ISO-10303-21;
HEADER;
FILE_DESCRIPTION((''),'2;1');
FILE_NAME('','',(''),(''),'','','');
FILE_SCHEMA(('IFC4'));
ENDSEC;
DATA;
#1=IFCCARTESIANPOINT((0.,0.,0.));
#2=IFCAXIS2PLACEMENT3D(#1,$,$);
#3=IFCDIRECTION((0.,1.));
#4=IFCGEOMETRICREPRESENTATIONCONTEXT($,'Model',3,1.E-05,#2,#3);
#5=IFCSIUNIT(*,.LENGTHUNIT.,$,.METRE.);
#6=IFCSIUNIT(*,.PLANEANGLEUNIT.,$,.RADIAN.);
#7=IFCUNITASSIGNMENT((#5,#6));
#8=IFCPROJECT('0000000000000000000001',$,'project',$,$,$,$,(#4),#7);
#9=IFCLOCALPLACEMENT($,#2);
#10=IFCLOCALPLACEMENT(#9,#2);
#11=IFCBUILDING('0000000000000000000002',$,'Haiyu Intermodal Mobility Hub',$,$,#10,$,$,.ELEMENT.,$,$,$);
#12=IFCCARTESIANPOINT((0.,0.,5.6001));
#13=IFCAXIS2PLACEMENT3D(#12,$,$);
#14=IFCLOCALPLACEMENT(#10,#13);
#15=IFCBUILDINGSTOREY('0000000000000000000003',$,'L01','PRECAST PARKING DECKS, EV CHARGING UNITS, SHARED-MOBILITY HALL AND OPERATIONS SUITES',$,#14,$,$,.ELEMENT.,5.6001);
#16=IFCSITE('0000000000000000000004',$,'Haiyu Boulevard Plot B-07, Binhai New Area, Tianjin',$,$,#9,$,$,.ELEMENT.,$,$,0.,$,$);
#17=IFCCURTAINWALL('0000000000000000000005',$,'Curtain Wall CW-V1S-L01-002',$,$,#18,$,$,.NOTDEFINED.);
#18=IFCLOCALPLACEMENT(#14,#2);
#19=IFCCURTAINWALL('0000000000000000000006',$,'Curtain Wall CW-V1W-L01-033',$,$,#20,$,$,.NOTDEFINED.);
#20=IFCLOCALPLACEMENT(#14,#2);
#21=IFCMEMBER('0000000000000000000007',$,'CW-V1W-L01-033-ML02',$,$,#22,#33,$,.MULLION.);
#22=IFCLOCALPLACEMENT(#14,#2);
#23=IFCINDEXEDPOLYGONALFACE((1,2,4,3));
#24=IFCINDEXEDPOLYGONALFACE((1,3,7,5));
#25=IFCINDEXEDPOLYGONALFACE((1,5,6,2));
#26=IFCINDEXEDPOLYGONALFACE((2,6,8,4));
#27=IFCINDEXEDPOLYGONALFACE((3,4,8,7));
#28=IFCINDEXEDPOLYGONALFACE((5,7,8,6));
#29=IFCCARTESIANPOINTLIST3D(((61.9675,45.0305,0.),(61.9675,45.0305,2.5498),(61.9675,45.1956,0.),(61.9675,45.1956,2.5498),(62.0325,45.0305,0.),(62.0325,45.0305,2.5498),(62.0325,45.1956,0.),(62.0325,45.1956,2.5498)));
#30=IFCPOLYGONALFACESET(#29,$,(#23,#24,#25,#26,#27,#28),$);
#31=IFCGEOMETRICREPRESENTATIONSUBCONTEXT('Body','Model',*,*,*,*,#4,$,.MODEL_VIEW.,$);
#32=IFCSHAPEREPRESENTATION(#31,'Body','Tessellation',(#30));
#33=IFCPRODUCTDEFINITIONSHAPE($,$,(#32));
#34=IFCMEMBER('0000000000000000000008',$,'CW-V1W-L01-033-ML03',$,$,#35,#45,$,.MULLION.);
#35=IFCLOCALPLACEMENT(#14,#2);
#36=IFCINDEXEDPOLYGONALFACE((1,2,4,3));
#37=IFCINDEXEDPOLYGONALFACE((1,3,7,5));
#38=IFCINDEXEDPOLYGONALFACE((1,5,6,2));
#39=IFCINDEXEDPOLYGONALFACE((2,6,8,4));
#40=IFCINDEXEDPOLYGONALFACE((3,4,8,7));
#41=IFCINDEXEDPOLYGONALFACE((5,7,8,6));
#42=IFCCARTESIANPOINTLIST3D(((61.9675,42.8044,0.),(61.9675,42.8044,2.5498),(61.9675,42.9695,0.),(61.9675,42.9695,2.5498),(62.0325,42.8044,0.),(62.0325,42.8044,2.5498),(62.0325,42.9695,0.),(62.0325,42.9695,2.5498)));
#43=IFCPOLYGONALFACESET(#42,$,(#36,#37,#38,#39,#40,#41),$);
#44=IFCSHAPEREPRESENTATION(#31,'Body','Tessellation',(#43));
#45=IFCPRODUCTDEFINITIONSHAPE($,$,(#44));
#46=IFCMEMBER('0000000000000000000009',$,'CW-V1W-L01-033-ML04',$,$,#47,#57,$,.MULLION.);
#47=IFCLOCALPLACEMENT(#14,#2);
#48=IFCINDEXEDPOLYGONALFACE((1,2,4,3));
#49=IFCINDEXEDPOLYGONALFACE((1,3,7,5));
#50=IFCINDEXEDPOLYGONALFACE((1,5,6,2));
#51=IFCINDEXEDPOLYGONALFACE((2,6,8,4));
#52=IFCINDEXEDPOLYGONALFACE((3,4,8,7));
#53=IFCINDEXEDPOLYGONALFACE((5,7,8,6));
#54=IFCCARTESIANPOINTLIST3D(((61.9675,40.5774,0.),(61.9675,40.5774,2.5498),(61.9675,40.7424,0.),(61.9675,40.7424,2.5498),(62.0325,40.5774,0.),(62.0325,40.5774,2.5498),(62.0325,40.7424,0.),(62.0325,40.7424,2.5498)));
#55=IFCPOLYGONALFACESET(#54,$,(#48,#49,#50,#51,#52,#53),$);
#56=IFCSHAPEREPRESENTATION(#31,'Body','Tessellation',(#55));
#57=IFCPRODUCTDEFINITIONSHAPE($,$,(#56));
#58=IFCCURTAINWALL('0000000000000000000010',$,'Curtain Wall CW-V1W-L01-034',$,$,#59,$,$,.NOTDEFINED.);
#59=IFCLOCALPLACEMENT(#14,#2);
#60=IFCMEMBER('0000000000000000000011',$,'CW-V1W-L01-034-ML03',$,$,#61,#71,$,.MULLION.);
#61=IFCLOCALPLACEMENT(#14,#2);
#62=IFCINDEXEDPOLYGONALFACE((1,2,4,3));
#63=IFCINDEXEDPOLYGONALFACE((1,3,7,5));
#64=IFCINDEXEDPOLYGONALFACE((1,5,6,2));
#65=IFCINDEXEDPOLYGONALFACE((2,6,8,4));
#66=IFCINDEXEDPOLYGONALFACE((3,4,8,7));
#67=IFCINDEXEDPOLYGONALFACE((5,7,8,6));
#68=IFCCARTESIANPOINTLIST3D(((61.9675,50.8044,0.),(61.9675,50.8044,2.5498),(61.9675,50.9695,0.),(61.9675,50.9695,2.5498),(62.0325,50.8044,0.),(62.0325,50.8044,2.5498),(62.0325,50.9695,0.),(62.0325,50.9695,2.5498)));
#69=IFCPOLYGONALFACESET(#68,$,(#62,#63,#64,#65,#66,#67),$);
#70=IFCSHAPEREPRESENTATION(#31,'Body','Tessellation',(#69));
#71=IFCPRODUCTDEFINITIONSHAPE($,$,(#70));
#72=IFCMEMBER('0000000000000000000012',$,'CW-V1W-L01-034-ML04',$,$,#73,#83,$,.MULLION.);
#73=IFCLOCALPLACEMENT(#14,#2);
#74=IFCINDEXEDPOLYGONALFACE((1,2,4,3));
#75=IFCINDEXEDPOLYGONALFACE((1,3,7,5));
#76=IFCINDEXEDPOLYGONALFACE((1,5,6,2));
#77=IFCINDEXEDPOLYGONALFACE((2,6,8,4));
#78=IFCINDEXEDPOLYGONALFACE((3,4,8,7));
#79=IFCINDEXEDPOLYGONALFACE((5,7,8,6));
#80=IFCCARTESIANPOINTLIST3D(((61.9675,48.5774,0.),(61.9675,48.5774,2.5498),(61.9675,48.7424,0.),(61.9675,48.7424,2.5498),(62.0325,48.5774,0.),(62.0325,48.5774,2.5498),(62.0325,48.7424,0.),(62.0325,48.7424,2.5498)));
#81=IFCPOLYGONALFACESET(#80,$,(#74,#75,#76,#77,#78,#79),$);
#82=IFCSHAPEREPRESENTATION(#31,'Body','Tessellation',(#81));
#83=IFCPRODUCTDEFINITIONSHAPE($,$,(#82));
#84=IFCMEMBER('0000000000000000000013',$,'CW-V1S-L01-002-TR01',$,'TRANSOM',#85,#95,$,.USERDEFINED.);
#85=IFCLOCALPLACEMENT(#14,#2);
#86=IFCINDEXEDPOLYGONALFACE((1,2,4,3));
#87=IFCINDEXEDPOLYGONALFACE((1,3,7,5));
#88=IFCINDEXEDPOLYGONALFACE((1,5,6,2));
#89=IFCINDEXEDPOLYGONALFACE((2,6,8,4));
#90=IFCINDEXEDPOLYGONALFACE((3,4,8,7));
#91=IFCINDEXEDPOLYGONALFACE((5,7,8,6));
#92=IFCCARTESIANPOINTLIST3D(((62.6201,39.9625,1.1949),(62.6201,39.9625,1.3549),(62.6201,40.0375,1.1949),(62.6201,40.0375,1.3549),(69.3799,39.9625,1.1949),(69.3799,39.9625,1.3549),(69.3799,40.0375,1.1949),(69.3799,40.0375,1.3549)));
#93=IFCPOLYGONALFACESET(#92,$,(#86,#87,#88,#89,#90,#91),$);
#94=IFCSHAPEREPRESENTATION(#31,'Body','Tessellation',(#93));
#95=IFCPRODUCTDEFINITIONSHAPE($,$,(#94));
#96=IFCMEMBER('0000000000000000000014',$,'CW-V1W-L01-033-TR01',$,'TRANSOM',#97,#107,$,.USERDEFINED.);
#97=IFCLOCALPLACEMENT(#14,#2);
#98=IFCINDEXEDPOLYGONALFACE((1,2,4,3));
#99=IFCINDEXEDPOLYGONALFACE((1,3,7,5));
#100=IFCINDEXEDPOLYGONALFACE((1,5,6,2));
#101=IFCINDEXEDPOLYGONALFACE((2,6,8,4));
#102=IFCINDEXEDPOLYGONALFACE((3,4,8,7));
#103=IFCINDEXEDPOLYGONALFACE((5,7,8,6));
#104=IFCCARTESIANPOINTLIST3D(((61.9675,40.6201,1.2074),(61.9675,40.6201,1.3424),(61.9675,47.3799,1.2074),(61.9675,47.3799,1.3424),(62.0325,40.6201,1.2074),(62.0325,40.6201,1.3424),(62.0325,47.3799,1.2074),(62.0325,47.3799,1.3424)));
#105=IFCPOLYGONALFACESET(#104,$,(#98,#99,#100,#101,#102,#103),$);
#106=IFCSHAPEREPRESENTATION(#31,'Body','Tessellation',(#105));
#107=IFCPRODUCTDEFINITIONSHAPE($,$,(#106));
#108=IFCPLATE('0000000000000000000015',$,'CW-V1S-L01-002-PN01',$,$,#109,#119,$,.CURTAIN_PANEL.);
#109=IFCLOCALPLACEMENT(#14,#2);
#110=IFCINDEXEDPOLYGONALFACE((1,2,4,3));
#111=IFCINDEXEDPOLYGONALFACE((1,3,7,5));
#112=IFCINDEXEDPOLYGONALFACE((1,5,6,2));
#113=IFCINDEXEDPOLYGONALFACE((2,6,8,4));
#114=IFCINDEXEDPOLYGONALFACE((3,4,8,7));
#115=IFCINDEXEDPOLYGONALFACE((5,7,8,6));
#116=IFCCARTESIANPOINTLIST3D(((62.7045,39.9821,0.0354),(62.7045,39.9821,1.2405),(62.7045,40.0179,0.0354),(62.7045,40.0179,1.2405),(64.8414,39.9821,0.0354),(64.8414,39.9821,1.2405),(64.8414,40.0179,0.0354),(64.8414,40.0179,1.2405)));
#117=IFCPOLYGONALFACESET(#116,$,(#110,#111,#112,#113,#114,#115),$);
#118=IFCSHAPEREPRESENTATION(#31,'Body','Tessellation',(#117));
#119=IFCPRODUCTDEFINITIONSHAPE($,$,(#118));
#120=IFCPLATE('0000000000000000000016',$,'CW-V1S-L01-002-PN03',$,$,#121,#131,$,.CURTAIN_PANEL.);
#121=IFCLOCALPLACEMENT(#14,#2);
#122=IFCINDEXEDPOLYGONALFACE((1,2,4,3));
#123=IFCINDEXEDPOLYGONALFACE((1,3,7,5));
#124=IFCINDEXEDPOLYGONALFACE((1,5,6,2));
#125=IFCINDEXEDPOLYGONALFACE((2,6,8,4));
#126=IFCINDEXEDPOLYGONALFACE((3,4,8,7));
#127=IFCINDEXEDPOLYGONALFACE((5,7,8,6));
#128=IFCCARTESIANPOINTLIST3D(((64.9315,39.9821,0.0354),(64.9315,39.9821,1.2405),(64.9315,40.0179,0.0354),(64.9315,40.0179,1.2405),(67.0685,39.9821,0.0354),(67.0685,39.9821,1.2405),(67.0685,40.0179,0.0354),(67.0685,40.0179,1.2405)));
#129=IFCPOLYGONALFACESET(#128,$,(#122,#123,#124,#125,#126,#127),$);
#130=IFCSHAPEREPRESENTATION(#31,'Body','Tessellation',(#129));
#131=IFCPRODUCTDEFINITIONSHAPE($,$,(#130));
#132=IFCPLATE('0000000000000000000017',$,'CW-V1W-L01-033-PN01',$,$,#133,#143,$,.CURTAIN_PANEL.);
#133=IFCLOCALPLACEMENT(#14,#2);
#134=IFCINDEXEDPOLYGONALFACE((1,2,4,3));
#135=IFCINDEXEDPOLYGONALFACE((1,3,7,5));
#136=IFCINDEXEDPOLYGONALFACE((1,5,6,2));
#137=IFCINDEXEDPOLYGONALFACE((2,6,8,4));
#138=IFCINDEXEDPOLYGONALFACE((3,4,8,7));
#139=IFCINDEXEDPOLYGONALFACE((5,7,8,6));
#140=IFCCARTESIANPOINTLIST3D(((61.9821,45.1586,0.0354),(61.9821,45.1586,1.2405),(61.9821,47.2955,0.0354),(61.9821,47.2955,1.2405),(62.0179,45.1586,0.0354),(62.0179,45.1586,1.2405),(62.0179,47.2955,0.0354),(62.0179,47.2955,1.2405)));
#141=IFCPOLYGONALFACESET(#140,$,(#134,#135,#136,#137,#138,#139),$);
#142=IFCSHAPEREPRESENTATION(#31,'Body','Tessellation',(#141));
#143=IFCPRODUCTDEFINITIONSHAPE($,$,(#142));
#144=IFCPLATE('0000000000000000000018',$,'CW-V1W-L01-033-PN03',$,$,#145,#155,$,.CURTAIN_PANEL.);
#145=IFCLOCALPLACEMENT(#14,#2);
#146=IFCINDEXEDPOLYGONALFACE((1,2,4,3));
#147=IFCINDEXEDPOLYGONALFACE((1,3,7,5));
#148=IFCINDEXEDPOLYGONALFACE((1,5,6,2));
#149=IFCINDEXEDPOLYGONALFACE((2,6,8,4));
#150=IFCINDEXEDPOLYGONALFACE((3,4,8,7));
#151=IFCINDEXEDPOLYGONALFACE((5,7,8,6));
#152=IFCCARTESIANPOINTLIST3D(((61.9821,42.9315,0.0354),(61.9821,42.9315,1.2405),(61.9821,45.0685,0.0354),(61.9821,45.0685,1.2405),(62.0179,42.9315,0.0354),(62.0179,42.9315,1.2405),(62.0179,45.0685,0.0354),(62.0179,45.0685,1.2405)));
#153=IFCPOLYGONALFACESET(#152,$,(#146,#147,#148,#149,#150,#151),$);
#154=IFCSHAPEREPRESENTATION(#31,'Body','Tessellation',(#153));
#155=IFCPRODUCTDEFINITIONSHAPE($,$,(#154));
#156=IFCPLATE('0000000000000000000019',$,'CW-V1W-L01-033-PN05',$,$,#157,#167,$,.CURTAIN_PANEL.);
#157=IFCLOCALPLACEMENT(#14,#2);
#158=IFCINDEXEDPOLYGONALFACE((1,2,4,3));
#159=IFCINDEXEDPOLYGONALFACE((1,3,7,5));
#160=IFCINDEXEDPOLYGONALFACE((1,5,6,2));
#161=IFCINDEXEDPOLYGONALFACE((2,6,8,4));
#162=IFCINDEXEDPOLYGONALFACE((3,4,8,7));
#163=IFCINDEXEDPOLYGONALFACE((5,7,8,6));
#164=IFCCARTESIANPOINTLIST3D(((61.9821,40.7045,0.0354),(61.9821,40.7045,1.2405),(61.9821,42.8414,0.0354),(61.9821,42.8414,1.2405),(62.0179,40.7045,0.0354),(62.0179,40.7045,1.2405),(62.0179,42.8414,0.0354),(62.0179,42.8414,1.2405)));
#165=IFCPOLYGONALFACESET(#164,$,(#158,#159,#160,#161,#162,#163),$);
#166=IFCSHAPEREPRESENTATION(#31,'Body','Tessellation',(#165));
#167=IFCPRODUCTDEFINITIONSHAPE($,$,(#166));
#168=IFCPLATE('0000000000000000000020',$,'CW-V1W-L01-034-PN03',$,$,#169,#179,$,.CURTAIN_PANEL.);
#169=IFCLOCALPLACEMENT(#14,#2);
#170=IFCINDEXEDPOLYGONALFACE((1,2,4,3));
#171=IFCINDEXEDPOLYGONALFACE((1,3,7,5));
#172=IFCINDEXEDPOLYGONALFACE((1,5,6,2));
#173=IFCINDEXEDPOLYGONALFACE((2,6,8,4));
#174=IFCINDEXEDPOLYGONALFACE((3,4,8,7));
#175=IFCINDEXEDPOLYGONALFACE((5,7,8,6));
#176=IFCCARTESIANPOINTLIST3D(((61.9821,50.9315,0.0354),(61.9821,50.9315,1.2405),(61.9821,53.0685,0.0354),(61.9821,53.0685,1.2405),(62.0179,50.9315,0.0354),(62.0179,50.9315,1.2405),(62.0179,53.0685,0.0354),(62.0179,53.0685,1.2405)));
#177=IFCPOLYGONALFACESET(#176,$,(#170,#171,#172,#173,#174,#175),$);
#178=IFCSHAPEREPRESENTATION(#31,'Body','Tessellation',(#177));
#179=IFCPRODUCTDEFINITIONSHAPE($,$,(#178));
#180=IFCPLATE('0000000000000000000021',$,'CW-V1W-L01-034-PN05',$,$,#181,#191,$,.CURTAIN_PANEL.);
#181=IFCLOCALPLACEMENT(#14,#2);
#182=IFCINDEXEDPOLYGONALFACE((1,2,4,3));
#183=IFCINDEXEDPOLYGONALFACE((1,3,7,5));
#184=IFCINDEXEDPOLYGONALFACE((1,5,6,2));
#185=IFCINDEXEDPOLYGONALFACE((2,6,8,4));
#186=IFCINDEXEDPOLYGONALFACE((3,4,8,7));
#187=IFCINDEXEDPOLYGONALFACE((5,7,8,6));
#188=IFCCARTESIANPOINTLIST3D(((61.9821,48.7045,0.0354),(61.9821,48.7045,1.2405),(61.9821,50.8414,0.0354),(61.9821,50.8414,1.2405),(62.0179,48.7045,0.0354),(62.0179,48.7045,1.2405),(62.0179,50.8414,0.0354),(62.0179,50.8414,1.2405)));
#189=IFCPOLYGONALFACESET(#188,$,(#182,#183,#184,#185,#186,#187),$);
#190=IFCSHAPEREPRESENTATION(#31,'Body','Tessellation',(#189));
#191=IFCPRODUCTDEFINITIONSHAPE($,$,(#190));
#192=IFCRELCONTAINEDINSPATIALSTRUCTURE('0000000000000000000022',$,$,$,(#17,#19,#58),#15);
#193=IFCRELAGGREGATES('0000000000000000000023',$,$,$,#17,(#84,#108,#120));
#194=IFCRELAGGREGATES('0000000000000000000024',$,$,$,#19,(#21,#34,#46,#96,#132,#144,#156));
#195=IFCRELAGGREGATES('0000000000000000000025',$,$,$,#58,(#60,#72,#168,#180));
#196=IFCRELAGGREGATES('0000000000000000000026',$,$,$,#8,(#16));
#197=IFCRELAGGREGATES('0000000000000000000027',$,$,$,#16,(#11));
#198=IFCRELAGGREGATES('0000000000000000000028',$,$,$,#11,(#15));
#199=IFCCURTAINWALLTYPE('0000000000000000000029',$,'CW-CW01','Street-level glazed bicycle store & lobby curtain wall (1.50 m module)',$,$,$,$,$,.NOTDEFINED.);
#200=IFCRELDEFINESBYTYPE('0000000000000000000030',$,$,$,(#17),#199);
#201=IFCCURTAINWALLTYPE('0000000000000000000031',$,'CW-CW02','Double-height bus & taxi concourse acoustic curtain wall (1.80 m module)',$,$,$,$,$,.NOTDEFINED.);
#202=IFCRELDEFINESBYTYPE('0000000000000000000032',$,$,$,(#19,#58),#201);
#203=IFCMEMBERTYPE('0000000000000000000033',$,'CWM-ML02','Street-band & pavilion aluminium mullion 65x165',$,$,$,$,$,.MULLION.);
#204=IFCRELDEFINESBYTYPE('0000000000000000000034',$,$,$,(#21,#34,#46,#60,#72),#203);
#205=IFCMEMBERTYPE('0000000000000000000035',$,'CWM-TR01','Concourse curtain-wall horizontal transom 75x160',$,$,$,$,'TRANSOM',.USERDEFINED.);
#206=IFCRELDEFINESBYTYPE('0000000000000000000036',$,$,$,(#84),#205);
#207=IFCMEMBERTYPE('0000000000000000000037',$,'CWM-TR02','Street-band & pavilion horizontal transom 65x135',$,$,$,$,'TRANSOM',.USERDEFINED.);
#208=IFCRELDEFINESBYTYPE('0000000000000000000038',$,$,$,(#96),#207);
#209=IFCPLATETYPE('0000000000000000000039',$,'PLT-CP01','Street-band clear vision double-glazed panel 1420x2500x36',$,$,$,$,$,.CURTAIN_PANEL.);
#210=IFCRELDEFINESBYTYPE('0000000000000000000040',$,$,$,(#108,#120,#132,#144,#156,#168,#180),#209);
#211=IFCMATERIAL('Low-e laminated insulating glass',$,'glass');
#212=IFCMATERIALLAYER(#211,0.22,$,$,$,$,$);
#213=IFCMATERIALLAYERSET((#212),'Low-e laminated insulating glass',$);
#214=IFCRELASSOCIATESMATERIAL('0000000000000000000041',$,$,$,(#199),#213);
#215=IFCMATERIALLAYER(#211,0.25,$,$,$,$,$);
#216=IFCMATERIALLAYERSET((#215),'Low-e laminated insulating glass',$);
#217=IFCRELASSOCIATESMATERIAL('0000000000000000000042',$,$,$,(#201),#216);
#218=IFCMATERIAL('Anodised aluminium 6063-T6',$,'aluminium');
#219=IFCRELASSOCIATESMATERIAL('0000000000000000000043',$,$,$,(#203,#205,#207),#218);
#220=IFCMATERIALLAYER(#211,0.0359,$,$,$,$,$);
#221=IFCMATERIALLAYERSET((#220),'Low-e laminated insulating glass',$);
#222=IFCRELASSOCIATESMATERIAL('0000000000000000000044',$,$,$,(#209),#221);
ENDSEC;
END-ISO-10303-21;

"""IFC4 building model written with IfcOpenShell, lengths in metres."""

from ifc_helpers import new_model, si_unit, direction, frame, origin, origin_2d, place, context, subcontext, project, spatial, rectangle, extrude, material, layer, layer_set, material_profile, profile_set, type_object, element, aggregate, save


model = new_model("IFC4")

# Units and contexts
model_context = context("Model", 3, precision=1e-05, world=origin(), true_north=direction((0.0, 1.0)))
body_context = subcontext(model_context, "Body", "Model", "MODEL_VIEW")
ifc_project = project(units=[si_unit("LENGTHUNIT", "METRE"), si_unit("PLANEANGLEUNIT", "RADIAN")], contexts=[model_context])

# Site, building, storey
site_placement = place(None, origin())
site = spatial("IfcSite", under=ifc_project, at=site_placement, Name="Haiyu Boulevard Plot B-07, Binhai New Area, Tianjin", CompositionType="ELEMENT", RefElevation=0.0)
building_placement = place(site_placement, origin())
building = spatial("IfcBuilding", under=site, at=building_placement, Name="Haiyu Intermodal Mobility Hub", CompositionType="ELEMENT")
storey_placement = place(building_placement, frame((0.0, 0.0, 5.6001)))
storey = spatial("IfcBuildingStorey", under=building, at=storey_placement, Name="L01", Description="PRECAST PARKING DECKS, EV CHARGING UNITS, SHARED-MOBILITY HALL AND OPERATIONS SUITES", CompositionType="ELEMENT", Elevation=5.6001)

# Curtain walls, members
ifc_material_1 = material(Name="Low-e laminated insulating glass", Category="glass")
ifc_layer_1 = layer(ifc_material_1, 0.22)
ifc_layer_set_1 = layer_set([ifc_layer_1], Name="Low-e laminated insulating glass")
curtain_wall_type_1 = type_object("IfcCurtainWallType", Name="CW-CW01", Description="Street-level glazed bicycle store & lobby curtain wall (1.50 m module)", PredefinedType="NOTDEFINED", material=ifc_layer_set_1)
curtain_wall_1_placement = place(storey_placement, origin())
curtain_wall_1 = element("IfcCurtainWall", 1, at=curtain_wall_1_placement, inside=storey, type_object=curtain_wall_type_1, Name="Curtain Wall CW-V1S-L01-002", PredefinedType="NOTDEFINED")
ifc_material_2 = material(Name="Anodised aluminium 6063-T6", Category="aluminium")
ifc_layer_2 = layer(ifc_material_1, 0.25)
ifc_layer_set_2 = layer_set([ifc_layer_2], Name="Low-e laminated insulating glass")
curtain_wall_type_2 = type_object("IfcCurtainWallType", Name="CW-CW02", Description="Double-height bus & taxi concourse acoustic curtain wall (1.80 m module)", PredefinedType="NOTDEFINED", material=ifc_layer_set_2)
curtain_wall_2_placement = place(storey_placement, origin())
curtain_wall_2 = element("IfcCurtainWall", 2, at=curtain_wall_2_placement, inside=storey, type_object=curtain_wall_type_2, Name="Curtain Wall CW-V1W-L01-033", PredefinedType="NOTDEFINED")
ifc_material_profile_1 = material_profile(ifc_material_2, rectangle(XDim=0.0649, YDim=0.165, at=origin_2d()), Name="ALU65x165")
ifc_profile_set_1 = profile_set([ifc_material_profile_1], Name="Anodised aluminium 6063-T6")
member_type_1 = type_object("IfcMemberType", Name="CWM-ML02", Description="Street-band & pavilion aluminium mullion 65x165", PredefinedType="MULLION", material=ifc_profile_set_1)
member_1_placement = place(storey_placement, frame((62.0, 45.113, 0.0), z_axis=(0.0, 0.0, 1.0), x_axis=(1.0, 0.0, 0.0)))
member_1 = element("IfcMember", 3, at=member_1_placement, type_object=member_type_1, Name="CW-V1W-L01-033-ML02", PredefinedType="MULLION", context=body_context, shape_type="SweptSolid", body=[
    extrude(rectangle(XDim=0.0649, YDim=0.165, at=origin_2d()), origin(), (0.0, 0.0, 1.0), 2.5498),
])
member_2_placement = place(storey_placement, frame((62.0, 42.887, 0.0), z_axis=(0.0, 0.0, 1.0), x_axis=(1.0, 0.0, 0.0)))
member_2 = element("IfcMember", 4, at=member_2_placement, type_object=member_type_1, Name="CW-V1W-L01-033-ML03", PredefinedType="MULLION", context=body_context, shape_type="SweptSolid", body=[
    extrude(rectangle(XDim=0.0649, YDim=0.165, at=origin_2d()), origin(), (0.0, 0.0, 1.0), 2.5498),
])
member_3_placement = place(storey_placement, frame((62.0, 40.6599, 0.0), z_axis=(0.0, 0.0, 1.0), x_axis=(1.0, 0.0, 0.0)))
member_3 = element("IfcMember", 5, at=member_3_placement, type_object=member_type_1, Name="CW-V1W-L01-033-ML04", PredefinedType="MULLION", context=body_context, shape_type="SweptSolid", body=[
    extrude(rectangle(XDim=0.0649, YDim=0.165, at=origin_2d()), origin(), (0.0, 0.0, 1.0), 2.5498),
])
curtain_wall_3_placement = place(storey_placement, origin())
curtain_wall_3 = element("IfcCurtainWall", 6, at=curtain_wall_3_placement, inside=storey, type_object=curtain_wall_type_2, Name="Curtain Wall CW-V1W-L01-034", PredefinedType="NOTDEFINED")
member_4_placement = place(storey_placement, frame((62.0, 50.887, 0.0), z_axis=(0.0, 0.0, 1.0), x_axis=(1.0, 0.0, 0.0)))
member_4 = element("IfcMember", 7, at=member_4_placement, type_object=member_type_1, Name="CW-V1W-L01-034-ML03", PredefinedType="MULLION", context=body_context, shape_type="SweptSolid", body=[
    extrude(rectangle(XDim=0.0649, YDim=0.165, at=origin_2d()), origin(), (0.0, 0.0, 1.0), 2.5498),
])
member_5_placement = place(storey_placement, frame((62.0, 48.6599, 0.0), z_axis=(0.0, 0.0, 1.0), x_axis=(1.0, 0.0, 0.0)))
member_5 = element("IfcMember", 8, at=member_5_placement, type_object=member_type_1, Name="CW-V1W-L01-034-ML04", PredefinedType="MULLION", context=body_context, shape_type="SweptSolid", body=[
    extrude(rectangle(XDim=0.0649, YDim=0.165, at=origin_2d()), origin(), (0.0, 0.0, 1.0), 2.5498),
])

# Members
ifc_material_profile_2 = material_profile(ifc_material_2, rectangle(XDim=0.075, YDim=0.1599, at=origin_2d()), Name="ALU75x160")
ifc_profile_set_2 = profile_set([ifc_material_profile_2], Name="Anodised aluminium 6063-T6")
member_type_2 = type_object("IfcMemberType", Name="CWM-TR01", Description="Concourse curtain-wall horizontal transom 75x160", ElementType="TRANSOM", PredefinedType="USERDEFINED", material=ifc_profile_set_2)
member_6_placement = place(storey_placement, frame((62.6201, 40.0, 1.2749), z_axis=(1.0, 0.0, 0.0), x_axis=(0.0, 1.0, 0.0)))
member_6 = element("IfcMember", 9, at=member_6_placement, type_object=member_type_2, Name="CW-V1S-L01-002-TR01", ObjectType="TRANSOM", PredefinedType="USERDEFINED", context=body_context, shape_type="SweptSolid", body=[
    extrude(rectangle(XDim=0.075, YDim=0.1599, at=origin_2d()), origin(), (0.0, 0.0, 1.0), 6.7598),
])
ifc_material_profile_3 = material_profile(ifc_material_2, rectangle(XDim=0.0649, YDim=0.135, at=origin_2d()), Name="ALU65x135")
ifc_profile_set_3 = profile_set([ifc_material_profile_3], Name="Anodised aluminium 6063-T6")
member_type_3 = type_object("IfcMemberType", Name="CWM-TR02", Description="Street-band & pavilion horizontal transom 65x135", ElementType="TRANSOM", PredefinedType="USERDEFINED", material=ifc_profile_set_3)
member_7_placement = place(storey_placement, frame((62.0, 47.3799, 1.2749), z_axis=(0.0, -1.0, 0.0), x_axis=(1.0, 0.0, 0.0)))
member_7 = element("IfcMember", 10, at=member_7_placement, type_object=member_type_3, Name="CW-V1W-L01-033-TR01", ObjectType="TRANSOM", PredefinedType="USERDEFINED", context=body_context, shape_type="SweptSolid", body=[
    extrude(rectangle(XDim=0.0649, YDim=0.135, at=origin_2d()), origin(), (0.0, 0.0, 1.0), 6.7598),
])

# Plates
ifc_layer_3 = layer(ifc_material_1, 0.0359)
ifc_layer_set_3 = layer_set([ifc_layer_3], Name="Low-e laminated insulating glass")
plate_type_1 = type_object("IfcPlateType", Name="PLT-CP01", Description="Street-band clear vision double-glazed panel 1420x2500x36", PredefinedType="CURTAIN_PANEL", material=ifc_layer_set_3)
plate_1_placement = place(storey_placement, frame((63.7729, 40.0, 0.0354), z_axis=(0.0, 0.0, 1.0), x_axis=(1.0, 0.0, 0.0)))
plate_1 = element("IfcPlate", 11, at=plate_1_placement, type_object=plate_type_1, Name="CW-V1S-L01-002-PN01", PredefinedType="CURTAIN_PANEL", context=body_context, shape_type="SweptSolid", body=[
    extrude(rectangle(XDim=2.137, YDim=0.0359, at=origin_2d()), origin(), (0.0, 0.0, 1.0), 1.2051),
])
plate_2_placement = place(storey_placement, frame((66.0, 40.0, 0.0354), z_axis=(0.0, 0.0, 1.0), x_axis=(1.0, 0.0, 0.0)))
plate_2 = element("IfcPlate", 12, at=plate_2_placement, type_object=plate_type_1, Name="CW-V1S-L01-002-PN03", PredefinedType="CURTAIN_PANEL", context=body_context, shape_type="SweptSolid", body=[
    extrude(rectangle(XDim=2.137, YDim=0.0359, at=origin_2d()), origin(), (0.0, 0.0, 1.0), 1.2051),
])
plate_3_placement = place(storey_placement, frame((62.0, 46.2271, 0.0354), z_axis=(0.0, 0.0, 1.0), x_axis=(0.0, -1.0, 0.0)))
plate_3 = element("IfcPlate", 13, at=plate_3_placement, type_object=plate_type_1, Name="CW-V1W-L01-033-PN01", PredefinedType="CURTAIN_PANEL", context=body_context, shape_type="SweptSolid", body=[
    extrude(rectangle(XDim=2.137, YDim=0.0359, at=origin_2d()), origin(), (0.0, 0.0, 1.0), 1.2051),
])
plate_4_placement = place(storey_placement, frame((62.0, 44.0, 0.0354), z_axis=(0.0, 0.0, 1.0), x_axis=(0.0, -1.0, 0.0)))
plate_4 = element("IfcPlate", 14, at=plate_4_placement, type_object=plate_type_1, Name="CW-V1W-L01-033-PN03", PredefinedType="CURTAIN_PANEL", context=body_context, shape_type="SweptSolid", body=[
    extrude(rectangle(XDim=2.137, YDim=0.0359, at=origin_2d()), origin(), (0.0, 0.0, 1.0), 1.2051),
])
plate_5_placement = place(storey_placement, frame((62.0, 41.7729, 0.0354), z_axis=(0.0, 0.0, 1.0), x_axis=(0.0, -1.0, 0.0)))
plate_5 = element("IfcPlate", 15, at=plate_5_placement, type_object=plate_type_1, Name="CW-V1W-L01-033-PN05", PredefinedType="CURTAIN_PANEL", context=body_context, shape_type="SweptSolid", body=[
    extrude(rectangle(XDim=2.137, YDim=0.0359, at=origin_2d()), origin(), (0.0, 0.0, 1.0), 1.2051),
])
plate_6_placement = place(storey_placement, frame((62.0, 52.0, 0.0354), z_axis=(0.0, 0.0, 1.0), x_axis=(0.0, -1.0, 0.0)))
plate_6 = element("IfcPlate", 16, at=plate_6_placement, type_object=plate_type_1, Name="CW-V1W-L01-034-PN03", PredefinedType="CURTAIN_PANEL", context=body_context, shape_type="SweptSolid", body=[
    extrude(rectangle(XDim=2.137, YDim=0.0359, at=origin_2d()), origin(), (0.0, 0.0, 1.0), 1.2051),
])
plate_7_placement = place(storey_placement, frame((62.0, 49.7729, 0.0354), z_axis=(0.0, 0.0, 1.0), x_axis=(0.0, -1.0, 0.0)))
plate_7 = element("IfcPlate", 17, at=plate_7_placement, type_object=plate_type_1, Name="CW-V1W-L01-034-PN05", PredefinedType="CURTAIN_PANEL", context=body_context, shape_type="SweptSolid", body=[
    extrude(rectangle(XDim=2.137, YDim=0.0359, at=origin_2d()), origin(), (0.0, 0.0, 1.0), 1.2051),
])
aggregate(curtain_wall_1, [member_6, plate_1, plate_2])
aggregate(curtain_wall_2, [member_1, member_2, member_3, member_7, plate_3, plate_4, plate_5])
aggregate(curtain_wall_3, [member_4, member_5, plate_6, plate_7])

save(model, "model.ifc")
